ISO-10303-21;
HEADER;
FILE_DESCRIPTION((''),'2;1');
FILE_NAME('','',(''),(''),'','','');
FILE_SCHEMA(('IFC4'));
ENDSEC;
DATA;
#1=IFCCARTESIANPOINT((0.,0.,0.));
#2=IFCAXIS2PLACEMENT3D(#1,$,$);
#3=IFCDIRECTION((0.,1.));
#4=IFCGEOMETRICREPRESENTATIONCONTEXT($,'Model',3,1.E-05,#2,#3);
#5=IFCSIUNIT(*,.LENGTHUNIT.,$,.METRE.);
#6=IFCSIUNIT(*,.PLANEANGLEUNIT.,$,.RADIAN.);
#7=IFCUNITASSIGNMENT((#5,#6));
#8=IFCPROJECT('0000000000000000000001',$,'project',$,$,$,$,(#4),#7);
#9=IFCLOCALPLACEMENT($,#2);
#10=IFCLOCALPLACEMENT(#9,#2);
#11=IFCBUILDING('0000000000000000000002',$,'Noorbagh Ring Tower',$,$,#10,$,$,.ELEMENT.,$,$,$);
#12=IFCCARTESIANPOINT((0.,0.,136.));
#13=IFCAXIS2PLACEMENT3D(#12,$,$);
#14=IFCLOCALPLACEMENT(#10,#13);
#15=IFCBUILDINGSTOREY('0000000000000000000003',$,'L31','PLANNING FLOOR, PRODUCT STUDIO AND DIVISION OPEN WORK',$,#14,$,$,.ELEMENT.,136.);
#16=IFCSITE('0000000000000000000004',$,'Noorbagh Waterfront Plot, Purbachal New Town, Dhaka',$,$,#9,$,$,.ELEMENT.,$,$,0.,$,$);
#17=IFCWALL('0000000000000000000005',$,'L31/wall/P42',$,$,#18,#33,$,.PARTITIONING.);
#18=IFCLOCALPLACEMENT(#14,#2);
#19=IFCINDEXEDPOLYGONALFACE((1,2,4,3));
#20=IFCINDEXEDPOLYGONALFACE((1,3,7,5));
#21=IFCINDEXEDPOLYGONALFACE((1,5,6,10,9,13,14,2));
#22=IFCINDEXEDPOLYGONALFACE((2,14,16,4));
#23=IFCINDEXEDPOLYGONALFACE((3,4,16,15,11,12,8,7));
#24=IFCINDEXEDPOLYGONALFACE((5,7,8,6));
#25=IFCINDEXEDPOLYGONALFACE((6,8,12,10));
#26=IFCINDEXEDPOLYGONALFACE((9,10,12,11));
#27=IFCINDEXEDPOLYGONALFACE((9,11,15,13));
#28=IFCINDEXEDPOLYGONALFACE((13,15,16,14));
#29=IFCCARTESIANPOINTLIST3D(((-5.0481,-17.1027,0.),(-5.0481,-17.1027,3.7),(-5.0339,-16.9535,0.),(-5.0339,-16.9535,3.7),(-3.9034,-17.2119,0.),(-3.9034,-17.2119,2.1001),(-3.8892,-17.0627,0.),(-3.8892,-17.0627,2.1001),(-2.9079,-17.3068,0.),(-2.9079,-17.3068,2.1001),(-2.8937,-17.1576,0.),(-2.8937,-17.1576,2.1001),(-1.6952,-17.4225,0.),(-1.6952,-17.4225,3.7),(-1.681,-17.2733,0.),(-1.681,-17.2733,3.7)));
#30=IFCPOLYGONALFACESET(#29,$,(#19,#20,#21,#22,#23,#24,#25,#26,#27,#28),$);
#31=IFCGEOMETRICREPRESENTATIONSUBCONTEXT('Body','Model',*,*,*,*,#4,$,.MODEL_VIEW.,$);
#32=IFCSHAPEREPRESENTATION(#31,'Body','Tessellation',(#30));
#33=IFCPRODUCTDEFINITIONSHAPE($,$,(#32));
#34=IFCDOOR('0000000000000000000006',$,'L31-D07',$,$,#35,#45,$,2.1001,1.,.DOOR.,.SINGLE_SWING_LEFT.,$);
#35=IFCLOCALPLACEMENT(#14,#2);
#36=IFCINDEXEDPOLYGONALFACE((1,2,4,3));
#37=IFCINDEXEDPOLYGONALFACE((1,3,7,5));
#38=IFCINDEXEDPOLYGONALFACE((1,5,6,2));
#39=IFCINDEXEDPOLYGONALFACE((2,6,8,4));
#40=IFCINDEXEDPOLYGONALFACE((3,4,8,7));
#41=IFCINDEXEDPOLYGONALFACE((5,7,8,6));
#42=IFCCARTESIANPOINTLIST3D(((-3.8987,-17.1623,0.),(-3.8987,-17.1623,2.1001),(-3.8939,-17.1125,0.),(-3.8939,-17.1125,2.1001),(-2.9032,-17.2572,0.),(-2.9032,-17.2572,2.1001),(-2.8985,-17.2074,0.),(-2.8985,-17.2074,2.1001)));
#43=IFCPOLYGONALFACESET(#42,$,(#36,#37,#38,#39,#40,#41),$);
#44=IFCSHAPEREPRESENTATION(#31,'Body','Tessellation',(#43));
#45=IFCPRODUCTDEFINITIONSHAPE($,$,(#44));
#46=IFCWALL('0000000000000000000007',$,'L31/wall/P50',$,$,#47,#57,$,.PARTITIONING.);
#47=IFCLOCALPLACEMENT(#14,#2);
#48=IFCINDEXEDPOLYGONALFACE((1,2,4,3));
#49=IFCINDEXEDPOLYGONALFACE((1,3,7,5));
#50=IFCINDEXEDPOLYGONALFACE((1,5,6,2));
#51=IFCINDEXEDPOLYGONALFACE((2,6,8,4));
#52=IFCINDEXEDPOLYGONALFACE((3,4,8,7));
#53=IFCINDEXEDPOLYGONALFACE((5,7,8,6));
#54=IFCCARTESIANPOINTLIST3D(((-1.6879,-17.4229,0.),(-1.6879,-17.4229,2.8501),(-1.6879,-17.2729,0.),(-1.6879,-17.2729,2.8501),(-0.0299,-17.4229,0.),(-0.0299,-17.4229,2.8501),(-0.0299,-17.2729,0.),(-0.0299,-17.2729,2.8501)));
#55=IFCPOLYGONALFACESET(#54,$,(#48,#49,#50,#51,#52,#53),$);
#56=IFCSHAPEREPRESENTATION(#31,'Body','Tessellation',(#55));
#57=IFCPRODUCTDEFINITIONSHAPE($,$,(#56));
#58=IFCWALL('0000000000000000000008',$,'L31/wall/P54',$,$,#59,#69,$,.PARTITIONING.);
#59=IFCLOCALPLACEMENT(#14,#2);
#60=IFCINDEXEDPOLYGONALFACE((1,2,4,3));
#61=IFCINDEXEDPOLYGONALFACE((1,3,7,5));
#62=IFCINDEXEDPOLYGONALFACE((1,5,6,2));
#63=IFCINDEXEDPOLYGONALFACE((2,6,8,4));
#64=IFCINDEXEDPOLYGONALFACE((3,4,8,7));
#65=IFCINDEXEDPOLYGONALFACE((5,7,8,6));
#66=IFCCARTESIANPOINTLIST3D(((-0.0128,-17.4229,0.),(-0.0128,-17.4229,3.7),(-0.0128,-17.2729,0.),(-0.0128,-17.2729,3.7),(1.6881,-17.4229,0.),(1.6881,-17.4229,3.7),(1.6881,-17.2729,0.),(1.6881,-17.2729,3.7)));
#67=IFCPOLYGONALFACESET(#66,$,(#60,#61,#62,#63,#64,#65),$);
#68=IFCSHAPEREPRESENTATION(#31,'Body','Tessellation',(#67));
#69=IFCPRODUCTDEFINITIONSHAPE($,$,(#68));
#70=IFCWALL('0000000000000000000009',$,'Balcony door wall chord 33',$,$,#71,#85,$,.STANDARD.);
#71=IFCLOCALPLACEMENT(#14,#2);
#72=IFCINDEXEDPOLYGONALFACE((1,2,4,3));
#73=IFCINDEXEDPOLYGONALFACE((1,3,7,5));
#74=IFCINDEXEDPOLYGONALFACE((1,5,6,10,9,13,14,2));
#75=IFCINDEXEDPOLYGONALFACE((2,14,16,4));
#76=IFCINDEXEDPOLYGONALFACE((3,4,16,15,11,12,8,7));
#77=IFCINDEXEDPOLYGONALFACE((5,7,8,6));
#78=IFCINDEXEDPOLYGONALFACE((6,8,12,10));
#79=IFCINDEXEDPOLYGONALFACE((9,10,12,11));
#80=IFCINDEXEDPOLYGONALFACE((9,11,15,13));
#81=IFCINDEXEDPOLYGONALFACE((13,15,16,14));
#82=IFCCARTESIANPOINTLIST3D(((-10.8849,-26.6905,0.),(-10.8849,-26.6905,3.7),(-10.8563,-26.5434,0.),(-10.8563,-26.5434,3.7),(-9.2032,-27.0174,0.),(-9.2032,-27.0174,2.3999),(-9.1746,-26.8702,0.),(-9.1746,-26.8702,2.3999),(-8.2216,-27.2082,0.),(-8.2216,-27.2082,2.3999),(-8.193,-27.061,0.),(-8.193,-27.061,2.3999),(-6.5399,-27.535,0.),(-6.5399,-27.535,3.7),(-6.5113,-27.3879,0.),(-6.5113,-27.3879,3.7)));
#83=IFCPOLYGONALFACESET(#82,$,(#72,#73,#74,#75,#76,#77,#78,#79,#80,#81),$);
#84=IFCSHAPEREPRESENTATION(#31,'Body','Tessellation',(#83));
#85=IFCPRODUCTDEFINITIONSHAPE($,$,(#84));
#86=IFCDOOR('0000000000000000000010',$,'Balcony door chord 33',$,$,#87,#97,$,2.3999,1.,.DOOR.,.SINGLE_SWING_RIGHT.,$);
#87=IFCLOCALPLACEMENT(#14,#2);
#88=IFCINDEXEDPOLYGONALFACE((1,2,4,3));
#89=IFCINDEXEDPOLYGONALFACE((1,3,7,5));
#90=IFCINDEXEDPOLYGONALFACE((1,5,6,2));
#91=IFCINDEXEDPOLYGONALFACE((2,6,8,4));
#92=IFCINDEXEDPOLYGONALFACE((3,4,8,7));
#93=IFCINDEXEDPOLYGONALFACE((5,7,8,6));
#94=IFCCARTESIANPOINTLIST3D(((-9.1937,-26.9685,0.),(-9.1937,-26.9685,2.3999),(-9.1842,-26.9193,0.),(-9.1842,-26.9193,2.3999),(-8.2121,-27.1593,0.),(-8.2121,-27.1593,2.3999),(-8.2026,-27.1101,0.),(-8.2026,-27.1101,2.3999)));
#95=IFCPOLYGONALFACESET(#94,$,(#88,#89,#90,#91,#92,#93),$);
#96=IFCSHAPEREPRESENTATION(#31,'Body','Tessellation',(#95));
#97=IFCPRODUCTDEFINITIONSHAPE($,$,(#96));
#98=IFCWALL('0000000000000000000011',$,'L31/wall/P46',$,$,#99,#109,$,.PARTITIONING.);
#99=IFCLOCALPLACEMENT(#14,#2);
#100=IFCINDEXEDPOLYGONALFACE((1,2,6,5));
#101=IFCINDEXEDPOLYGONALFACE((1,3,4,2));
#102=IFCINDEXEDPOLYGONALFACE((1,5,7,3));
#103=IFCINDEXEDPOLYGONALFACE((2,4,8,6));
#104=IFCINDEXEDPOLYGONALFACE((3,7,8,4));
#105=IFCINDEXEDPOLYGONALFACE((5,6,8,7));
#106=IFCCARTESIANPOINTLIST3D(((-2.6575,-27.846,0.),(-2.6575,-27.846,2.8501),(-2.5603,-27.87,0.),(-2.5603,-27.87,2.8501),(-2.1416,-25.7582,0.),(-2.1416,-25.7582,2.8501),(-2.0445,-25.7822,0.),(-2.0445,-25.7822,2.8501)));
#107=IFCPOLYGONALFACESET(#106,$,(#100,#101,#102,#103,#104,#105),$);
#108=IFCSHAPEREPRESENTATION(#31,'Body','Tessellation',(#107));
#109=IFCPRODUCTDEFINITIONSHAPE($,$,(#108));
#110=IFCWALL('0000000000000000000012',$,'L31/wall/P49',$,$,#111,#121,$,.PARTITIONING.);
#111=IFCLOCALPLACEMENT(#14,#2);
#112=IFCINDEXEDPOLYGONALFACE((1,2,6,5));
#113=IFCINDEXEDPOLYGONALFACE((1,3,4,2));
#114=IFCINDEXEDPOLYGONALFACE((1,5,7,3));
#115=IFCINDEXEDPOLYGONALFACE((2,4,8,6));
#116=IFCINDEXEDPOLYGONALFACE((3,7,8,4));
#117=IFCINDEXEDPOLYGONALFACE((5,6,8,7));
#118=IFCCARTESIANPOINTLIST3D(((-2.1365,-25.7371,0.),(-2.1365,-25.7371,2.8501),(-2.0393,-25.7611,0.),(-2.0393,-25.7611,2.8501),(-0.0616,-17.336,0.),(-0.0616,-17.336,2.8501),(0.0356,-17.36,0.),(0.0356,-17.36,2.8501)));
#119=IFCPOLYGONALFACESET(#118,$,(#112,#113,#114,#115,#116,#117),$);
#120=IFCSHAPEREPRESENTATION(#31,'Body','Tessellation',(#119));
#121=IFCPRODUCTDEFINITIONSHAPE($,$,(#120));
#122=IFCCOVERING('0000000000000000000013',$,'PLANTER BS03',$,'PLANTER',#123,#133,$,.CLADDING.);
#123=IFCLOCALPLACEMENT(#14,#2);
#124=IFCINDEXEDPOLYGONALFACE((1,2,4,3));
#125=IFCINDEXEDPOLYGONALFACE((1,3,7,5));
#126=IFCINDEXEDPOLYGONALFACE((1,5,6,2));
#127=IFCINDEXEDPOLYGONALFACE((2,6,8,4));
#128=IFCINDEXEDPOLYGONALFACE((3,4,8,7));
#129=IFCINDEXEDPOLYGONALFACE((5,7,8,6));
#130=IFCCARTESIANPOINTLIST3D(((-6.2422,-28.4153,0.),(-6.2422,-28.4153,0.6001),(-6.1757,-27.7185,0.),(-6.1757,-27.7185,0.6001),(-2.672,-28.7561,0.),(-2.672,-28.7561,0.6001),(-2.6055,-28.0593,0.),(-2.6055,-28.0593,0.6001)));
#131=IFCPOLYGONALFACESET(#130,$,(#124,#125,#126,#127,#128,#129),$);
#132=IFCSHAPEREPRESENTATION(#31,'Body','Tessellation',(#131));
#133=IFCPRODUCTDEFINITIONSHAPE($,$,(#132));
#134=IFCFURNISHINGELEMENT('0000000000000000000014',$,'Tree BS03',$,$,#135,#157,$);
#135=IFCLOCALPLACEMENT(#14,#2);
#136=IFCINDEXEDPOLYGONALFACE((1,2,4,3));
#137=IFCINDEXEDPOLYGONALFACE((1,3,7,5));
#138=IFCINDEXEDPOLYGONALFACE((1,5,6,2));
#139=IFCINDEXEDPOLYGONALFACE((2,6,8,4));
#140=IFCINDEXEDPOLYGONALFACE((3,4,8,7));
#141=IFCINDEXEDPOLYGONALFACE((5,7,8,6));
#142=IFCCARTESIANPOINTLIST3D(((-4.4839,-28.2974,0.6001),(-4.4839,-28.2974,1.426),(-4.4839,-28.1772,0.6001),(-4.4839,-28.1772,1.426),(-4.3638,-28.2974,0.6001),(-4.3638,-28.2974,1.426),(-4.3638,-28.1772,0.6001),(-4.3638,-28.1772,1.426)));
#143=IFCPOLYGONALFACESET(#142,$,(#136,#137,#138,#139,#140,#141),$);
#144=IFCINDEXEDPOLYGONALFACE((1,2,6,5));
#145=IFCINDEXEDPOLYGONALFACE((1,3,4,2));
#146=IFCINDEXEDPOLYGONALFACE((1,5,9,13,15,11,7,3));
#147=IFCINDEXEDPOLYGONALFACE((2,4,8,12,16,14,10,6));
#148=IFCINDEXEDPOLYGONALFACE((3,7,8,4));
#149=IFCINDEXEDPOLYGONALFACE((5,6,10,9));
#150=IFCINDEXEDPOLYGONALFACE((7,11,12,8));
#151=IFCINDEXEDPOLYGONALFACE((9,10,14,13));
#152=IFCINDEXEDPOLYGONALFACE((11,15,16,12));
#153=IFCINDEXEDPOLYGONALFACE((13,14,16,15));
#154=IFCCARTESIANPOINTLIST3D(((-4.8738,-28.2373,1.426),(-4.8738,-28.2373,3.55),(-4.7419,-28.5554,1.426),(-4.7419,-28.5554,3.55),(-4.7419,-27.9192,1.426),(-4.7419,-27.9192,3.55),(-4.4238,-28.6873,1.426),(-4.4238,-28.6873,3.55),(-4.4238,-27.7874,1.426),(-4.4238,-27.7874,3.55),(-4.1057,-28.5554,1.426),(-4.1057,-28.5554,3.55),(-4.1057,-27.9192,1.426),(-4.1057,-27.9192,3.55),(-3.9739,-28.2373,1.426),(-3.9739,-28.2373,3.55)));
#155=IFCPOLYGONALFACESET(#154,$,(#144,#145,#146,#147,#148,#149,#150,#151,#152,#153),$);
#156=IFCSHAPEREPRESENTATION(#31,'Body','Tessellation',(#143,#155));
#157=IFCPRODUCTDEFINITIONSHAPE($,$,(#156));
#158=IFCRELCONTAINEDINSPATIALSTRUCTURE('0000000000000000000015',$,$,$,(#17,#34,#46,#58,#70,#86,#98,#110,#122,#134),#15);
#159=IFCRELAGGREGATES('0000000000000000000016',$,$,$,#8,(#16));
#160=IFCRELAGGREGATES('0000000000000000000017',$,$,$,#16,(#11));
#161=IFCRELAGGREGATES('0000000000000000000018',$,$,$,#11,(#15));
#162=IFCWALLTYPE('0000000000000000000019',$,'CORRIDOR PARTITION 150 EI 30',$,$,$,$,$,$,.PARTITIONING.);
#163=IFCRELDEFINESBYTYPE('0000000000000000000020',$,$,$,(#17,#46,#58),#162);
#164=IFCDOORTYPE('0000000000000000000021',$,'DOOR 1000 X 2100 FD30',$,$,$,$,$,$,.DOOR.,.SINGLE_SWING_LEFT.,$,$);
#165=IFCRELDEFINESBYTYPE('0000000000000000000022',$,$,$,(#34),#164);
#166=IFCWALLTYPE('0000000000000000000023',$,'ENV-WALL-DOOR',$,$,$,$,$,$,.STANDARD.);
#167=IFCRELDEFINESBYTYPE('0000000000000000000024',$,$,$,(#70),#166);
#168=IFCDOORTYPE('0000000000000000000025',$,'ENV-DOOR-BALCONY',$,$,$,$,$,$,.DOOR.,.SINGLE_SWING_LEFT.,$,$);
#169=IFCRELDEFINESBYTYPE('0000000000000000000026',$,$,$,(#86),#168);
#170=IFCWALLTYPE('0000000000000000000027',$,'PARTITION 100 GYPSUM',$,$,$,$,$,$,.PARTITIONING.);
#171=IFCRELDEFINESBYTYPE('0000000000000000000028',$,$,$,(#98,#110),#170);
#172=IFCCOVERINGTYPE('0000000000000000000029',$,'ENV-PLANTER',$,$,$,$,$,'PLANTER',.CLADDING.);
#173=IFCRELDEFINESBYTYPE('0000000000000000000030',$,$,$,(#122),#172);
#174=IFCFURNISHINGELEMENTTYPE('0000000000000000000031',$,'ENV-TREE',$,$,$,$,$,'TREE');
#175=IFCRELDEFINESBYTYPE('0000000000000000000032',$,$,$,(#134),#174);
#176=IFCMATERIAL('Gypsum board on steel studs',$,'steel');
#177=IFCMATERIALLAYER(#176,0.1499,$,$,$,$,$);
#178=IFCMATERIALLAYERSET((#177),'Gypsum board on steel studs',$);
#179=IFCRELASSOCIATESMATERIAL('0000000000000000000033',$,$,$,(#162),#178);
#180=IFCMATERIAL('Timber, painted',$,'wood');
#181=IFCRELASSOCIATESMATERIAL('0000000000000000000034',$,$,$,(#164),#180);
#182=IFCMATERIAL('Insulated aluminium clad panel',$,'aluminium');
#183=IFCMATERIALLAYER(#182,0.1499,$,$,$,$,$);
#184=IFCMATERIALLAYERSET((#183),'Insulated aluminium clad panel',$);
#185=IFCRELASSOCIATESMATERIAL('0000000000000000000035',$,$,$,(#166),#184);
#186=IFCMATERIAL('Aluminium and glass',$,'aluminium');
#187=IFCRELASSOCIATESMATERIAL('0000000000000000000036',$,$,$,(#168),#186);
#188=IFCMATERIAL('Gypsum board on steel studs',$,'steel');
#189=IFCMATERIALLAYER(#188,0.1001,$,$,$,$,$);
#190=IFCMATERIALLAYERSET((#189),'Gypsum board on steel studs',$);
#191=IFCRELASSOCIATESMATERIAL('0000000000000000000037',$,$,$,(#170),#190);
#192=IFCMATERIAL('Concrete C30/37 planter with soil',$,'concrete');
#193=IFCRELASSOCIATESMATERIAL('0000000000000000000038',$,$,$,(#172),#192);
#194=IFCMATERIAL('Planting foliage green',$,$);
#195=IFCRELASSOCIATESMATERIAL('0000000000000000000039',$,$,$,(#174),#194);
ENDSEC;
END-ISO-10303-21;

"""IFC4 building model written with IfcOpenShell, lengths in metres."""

from ifc_helpers import new_model, si_unit, direction, frame, frame_2d, origin, origin_2d, place, context, subcontext, project, spatial, polyline, rectangle, outline, extrude, material, layer, layer_set, type_object, element, fill, save


model = new_model("IFC4")

# Units and contexts
model_context = context("Model", 3, precision=1e-05, world=origin(), true_north=direction((0.0, 1.0)))
body_context = subcontext(model_context, "Body", "Model", "MODEL_VIEW")
ifc_project = project(units=[si_unit("LENGTHUNIT", "METRE"), si_unit("PLANEANGLEUNIT", "RADIAN")], contexts=[model_context])

# Site, building, storey
site_placement = place(None, origin())
site = spatial("IfcSite", under=ifc_project, at=site_placement, Name="Noorbagh Waterfront Plot, Purbachal New Town, Dhaka", CompositionType="ELEMENT", RefElevation=0.0)
building_placement = place(site_placement, origin())
building = spatial("IfcBuilding", under=site, at=building_placement, Name="Noorbagh Ring Tower", CompositionType="ELEMENT")
storey_placement = place(building_placement, frame((0.0, 0.0, 136.0)))
storey = spatial("IfcBuildingStorey", under=building, at=storey_placement, Name="L31", Description="PLANNING FLOOR, PRODUCT STUDIO AND DIVISION OPEN WORK", CompositionType="ELEMENT", Elevation=136.0)

# Shared definitions
ifc_material_1 = material(Name="Gypsum board on steel studs", Category="steel")
ifc_layer_1 = layer(ifc_material_1, 0.1499)
ifc_layer_set_1 = layer_set([ifc_layer_1], Name="Gypsum board on steel studs")
wall_type_1 = type_object("IfcWallType", Name="CORRIDOR PARTITION 150 EI 30", PredefinedType="PARTITIONING", material=ifc_layer_set_1)

# Wall, opening, door
wall_1_placement = place(storey_placement, frame((-5.041, -17.0281, 0.0), z_axis=(0.0, 0.0, 1.0), x_axis=(0.995482, -0.094953, 0.0)))
wall_1 = element("IfcWall", 1, at=wall_1_placement, inside=storey, type_object=wall_type_1, Name="L31/wall/P42", PredefinedType="PARTITIONING", context=body_context, shape_type="SweptSolid", body=[
    extrude(rectangle(XDim=3.3682, YDim=0.1499, at=frame_2d((1.6841, 0.0))), origin(), (0.0, 0.0, 1.0), 3.7),
])
opening_1_placement = place(wall_1_placement, frame((1.1499, 0.0, 0.0)))
opening_1 = element("IfcOpeningElement", 2, at=opening_1_placement, cuts=wall_1, PredefinedType="OPENING", context=body_context, shape_type="SweptSolid", body=[
    extrude(rectangle(XDim=1.0, YDim=2.1001, at=frame_2d((0.5, 1.05))), frame((0.0, 0.085, 0.0), z_axis=(0.0, -1.0, 0.0), x_axis=(1.0, 0.0, 0.0)), (0.0, 0.0, 1.0), 0.1699),
])
ifc_material_2 = material(Name="Timber, painted", Category="wood")
door_type_1 = type_object("IfcDoorType", Name="DOOR 1000 X 2100 FD30", OperationType="SINGLE_SWING_LEFT", PredefinedType="DOOR", material=ifc_material_2)
door_1_placement = place(opening_1_placement, origin())
door_1 = element("IfcDoor", 3, at=door_1_placement, inside=storey, type_object=door_type_1, Name="L31-D07", OperationType="SINGLE_SWING_LEFT", OverallHeight=2.1001, OverallWidth=1.0, PredefinedType="DOOR", context=body_context, shape_type="SweptSolid", body=[
    extrude(rectangle(XDim=1.0, YDim=2.1001, at=frame_2d((0.5, 1.05))), frame((0.0, 0.0249, 0.0), z_axis=(0.0, -1.0, 0.0), x_axis=(1.0, 0.0, 0.0)), (0.0, 0.0, 1.0), 0.05),
])
fill(opening_1, door_1)

# Walls
wall_2_placement = place(storey_placement, frame((-1.688, -17.3479, 0.0), z_axis=(0.0, 0.0, 1.0), x_axis=(1.0, 0.0, 0.0)))
element("IfcWall", 4, at=wall_2_placement, inside=storey, type_object=wall_type_1, Name="L31/wall/P50", PredefinedType="PARTITIONING", context=body_context, shape_type="SweptSolid", body=[
    extrude(rectangle(XDim=1.658, YDim=0.1499, at=frame_2d((0.8291, 0.0))), origin(), (0.0, 0.0, 1.0), 2.8501),
])
wall_3_placement = place(storey_placement, frame((-0.0129, -17.3479, 0.0), z_axis=(0.0, 0.0, 1.0), x_axis=(1.0, 0.0, 0.0)))
element("IfcWall", 5, at=wall_3_placement, inside=storey, type_object=wall_type_1, Name="L31/wall/P54", PredefinedType="PARTITIONING", context=body_context, shape_type="SweptSolid", body=[
    extrude(rectangle(XDim=1.7009, YDim=0.1499, at=frame_2d((0.8506, 0.0))), origin(), (0.0, 0.0, 1.0), 3.7),
])

# Wall, opening, door
ifc_material_3 = material(Name="Insulated aluminium clad panel", Category="aluminium")
ifc_layer_2 = layer(ifc_material_3, 0.1499)
ifc_layer_set_2 = layer_set([ifc_layer_2], Name="Insulated aluminium clad panel")
wall_type_2 = type_object("IfcWallType", Name="ENV-WALL-DOOR", PredefinedType="STANDARD", material=ifc_layer_set_2)
wall_4_placement = place(storey_placement, frame((-10.8706, -26.6169, 0.0), z_axis=(0.0, 0.0, 1.0), x_axis=(0.981631, -0.190788, 0.0)))
wall_4 = element("IfcWall", 6, at=wall_4_placement, inside=storey, type_object=wall_type_2, Name="Balcony door wall chord 33", PredefinedType="STANDARD", context=body_context, shape_type="SweptSolid", body=[
    extrude(rectangle(XDim=4.4263, YDim=0.1499, at=frame_2d((2.2131, 0.0))), origin(), (0.0, 0.0, 1.0), 3.7),
])
opening_2_placement = place(wall_4_placement, frame((1.7131, 0.0, 0.0)))
opening_2 = element("IfcOpeningElement", 7, at=opening_2_placement, cuts=wall_4, PredefinedType="OPENING", context=body_context, shape_type="SweptSolid", body=[
    extrude(rectangle(XDim=1.0, YDim=2.3999, at=frame_2d((0.5, 1.2))), frame((0.0, 0.085, 0.0), z_axis=(0.0, -1.0, 0.0), x_axis=(1.0, 0.0, 0.0)), (0.0, 0.0, 1.0), 0.1699),
])
ifc_material_4 = material(Name="Aluminium and glass", Category="aluminium")
door_type_2 = type_object("IfcDoorType", Name="ENV-DOOR-BALCONY", OperationType="SINGLE_SWING_LEFT", PredefinedType="DOOR", material=ifc_material_4)
door_2_placement = place(opening_2_placement, origin())
door_2 = element("IfcDoor", 8, at=door_2_placement, inside=storey, type_object=door_type_2, Name="Balcony door chord 33", OperationType="SINGLE_SWING_RIGHT", OverallHeight=2.3999, OverallWidth=1.0, PredefinedType="DOOR", context=body_context, shape_type="SweptSolid", body=[
    extrude(rectangle(XDim=1.0, YDim=2.3999, at=frame_2d((0.5, 1.2))), frame((0.0, 0.0249, 0.0), z_axis=(0.0, -1.0, 0.0), x_axis=(1.0, 0.0, 0.0)), (0.0, 0.0, 1.0), 0.05),
])
fill(opening_2, door_2)

# Walls
ifc_material_5 = material(Name="Gypsum board on steel studs", Category="steel")
ifc_layer_3 = layer(ifc_material_5, 0.1001)
ifc_layer_set_3 = layer_set([ifc_layer_3], Name="Gypsum board on steel studs")
wall_type_3 = type_object("IfcWallType", Name="PARTITION 100 GYPSUM", PredefinedType="PARTITIONING", material=ifc_layer_set_3)
wall_5_placement = place(storey_placement, frame((-2.6089, -27.8579, 0.0), z_axis=(0.0, 0.0, 1.0), x_axis=(0.239864, 0.970807, 0.0)))
element("IfcWall", 9, at=wall_5_placement, inside=storey, type_object=wall_type_3, Name="L31/wall/P46", PredefinedType="PARTITIONING", context=body_context, shape_type="SweptSolid", body=[
    extrude(rectangle(XDim=2.1506, YDim=0.1001, at=frame_2d((1.0752, 0.0))), origin(), (0.0, 0.0, 1.0), 2.8501),
])
wall_6_placement = place(storey_placement, frame((-2.0879, -25.749, 0.0), z_axis=(0.0, 0.0, 1.0), x_axis=(0.23978, 0.970827, 0.0)))
element("IfcWall", 10, at=wall_6_placement, inside=storey, type_object=wall_type_3, Name="L31/wall/P49", PredefinedType="PARTITIONING", context=body_context, shape_type="SweptSolid", body=[
    extrude(rectangle(XDim=8.6536, YDim=0.1001, at=frame_2d((4.3267, 0.0))), origin(), (0.0, 0.0, 1.0), 2.8501),
])

# Covering
ifc_material_6 = material(Name="Concrete C30/37 planter with soil", Category="concrete")
covering_type = type_object("IfcCoveringType", Name="ENV-PLANTER", ElementType="PLANTER", PredefinedType="CLADDING", material=ifc_material_6)
covering_placement = place(storey_placement, frame((-4.4238, -28.2373, 0.0), z_axis=(0.0, 0.0, 1.0), x_axis=(0.995476, -0.095008, 0.0)))
element("IfcCovering", 11, at=covering_placement, inside=storey, type_object=covering_type, Name="PLANTER BS03", ObjectType="PLANTER", PredefinedType="CLADDING", context=body_context, shape_type="SweptSolid", body=[
    extrude(rectangle(XDim=3.5864, YDim=0.7, at=origin_2d()), origin(), (0.0, 0.0, 1.0), 0.6001),
])

# Furnishing element
ifc_material_7 = material(Name="Planting foliage green")
furnishing_element_type = type_object("IfcFurnishingElementType", Name="ENV-TREE", ElementType="TREE", material=ifc_material_7)
furnishing_placement = place(storey_placement, frame((-4.4238, -28.2373, 0.6001), z_axis=(0.0, 0.0, 1.0), x_axis=(1.0, 0.0, 0.0)))
element("IfcFurnishingElement", 12, at=furnishing_placement, inside=storey, type_object=furnishing_element_type, Name="Tree BS03", context=body_context, shape_type="SweptSolid", body=[
    extrude(rectangle(XDim=0.1201, YDim=0.1201, at=origin_2d()), origin(), (0.0, 0.0, 1.0), 0.8259),
    extrude(outline(polyline([(0.45, 0.0), (0.3181, 0.3181), (0.0, 0.45), (-0.3181, 0.3181), (-0.45, 0.0), (-0.3181, -0.3181), (0.0, -0.45), (0.3181, -0.3181), (0.45, 0.0)])), frame((0.0, 0.0, 0.8259)), (0.0, 0.0, 1.0), 2.124),
])

save(model, "model.ifc")
